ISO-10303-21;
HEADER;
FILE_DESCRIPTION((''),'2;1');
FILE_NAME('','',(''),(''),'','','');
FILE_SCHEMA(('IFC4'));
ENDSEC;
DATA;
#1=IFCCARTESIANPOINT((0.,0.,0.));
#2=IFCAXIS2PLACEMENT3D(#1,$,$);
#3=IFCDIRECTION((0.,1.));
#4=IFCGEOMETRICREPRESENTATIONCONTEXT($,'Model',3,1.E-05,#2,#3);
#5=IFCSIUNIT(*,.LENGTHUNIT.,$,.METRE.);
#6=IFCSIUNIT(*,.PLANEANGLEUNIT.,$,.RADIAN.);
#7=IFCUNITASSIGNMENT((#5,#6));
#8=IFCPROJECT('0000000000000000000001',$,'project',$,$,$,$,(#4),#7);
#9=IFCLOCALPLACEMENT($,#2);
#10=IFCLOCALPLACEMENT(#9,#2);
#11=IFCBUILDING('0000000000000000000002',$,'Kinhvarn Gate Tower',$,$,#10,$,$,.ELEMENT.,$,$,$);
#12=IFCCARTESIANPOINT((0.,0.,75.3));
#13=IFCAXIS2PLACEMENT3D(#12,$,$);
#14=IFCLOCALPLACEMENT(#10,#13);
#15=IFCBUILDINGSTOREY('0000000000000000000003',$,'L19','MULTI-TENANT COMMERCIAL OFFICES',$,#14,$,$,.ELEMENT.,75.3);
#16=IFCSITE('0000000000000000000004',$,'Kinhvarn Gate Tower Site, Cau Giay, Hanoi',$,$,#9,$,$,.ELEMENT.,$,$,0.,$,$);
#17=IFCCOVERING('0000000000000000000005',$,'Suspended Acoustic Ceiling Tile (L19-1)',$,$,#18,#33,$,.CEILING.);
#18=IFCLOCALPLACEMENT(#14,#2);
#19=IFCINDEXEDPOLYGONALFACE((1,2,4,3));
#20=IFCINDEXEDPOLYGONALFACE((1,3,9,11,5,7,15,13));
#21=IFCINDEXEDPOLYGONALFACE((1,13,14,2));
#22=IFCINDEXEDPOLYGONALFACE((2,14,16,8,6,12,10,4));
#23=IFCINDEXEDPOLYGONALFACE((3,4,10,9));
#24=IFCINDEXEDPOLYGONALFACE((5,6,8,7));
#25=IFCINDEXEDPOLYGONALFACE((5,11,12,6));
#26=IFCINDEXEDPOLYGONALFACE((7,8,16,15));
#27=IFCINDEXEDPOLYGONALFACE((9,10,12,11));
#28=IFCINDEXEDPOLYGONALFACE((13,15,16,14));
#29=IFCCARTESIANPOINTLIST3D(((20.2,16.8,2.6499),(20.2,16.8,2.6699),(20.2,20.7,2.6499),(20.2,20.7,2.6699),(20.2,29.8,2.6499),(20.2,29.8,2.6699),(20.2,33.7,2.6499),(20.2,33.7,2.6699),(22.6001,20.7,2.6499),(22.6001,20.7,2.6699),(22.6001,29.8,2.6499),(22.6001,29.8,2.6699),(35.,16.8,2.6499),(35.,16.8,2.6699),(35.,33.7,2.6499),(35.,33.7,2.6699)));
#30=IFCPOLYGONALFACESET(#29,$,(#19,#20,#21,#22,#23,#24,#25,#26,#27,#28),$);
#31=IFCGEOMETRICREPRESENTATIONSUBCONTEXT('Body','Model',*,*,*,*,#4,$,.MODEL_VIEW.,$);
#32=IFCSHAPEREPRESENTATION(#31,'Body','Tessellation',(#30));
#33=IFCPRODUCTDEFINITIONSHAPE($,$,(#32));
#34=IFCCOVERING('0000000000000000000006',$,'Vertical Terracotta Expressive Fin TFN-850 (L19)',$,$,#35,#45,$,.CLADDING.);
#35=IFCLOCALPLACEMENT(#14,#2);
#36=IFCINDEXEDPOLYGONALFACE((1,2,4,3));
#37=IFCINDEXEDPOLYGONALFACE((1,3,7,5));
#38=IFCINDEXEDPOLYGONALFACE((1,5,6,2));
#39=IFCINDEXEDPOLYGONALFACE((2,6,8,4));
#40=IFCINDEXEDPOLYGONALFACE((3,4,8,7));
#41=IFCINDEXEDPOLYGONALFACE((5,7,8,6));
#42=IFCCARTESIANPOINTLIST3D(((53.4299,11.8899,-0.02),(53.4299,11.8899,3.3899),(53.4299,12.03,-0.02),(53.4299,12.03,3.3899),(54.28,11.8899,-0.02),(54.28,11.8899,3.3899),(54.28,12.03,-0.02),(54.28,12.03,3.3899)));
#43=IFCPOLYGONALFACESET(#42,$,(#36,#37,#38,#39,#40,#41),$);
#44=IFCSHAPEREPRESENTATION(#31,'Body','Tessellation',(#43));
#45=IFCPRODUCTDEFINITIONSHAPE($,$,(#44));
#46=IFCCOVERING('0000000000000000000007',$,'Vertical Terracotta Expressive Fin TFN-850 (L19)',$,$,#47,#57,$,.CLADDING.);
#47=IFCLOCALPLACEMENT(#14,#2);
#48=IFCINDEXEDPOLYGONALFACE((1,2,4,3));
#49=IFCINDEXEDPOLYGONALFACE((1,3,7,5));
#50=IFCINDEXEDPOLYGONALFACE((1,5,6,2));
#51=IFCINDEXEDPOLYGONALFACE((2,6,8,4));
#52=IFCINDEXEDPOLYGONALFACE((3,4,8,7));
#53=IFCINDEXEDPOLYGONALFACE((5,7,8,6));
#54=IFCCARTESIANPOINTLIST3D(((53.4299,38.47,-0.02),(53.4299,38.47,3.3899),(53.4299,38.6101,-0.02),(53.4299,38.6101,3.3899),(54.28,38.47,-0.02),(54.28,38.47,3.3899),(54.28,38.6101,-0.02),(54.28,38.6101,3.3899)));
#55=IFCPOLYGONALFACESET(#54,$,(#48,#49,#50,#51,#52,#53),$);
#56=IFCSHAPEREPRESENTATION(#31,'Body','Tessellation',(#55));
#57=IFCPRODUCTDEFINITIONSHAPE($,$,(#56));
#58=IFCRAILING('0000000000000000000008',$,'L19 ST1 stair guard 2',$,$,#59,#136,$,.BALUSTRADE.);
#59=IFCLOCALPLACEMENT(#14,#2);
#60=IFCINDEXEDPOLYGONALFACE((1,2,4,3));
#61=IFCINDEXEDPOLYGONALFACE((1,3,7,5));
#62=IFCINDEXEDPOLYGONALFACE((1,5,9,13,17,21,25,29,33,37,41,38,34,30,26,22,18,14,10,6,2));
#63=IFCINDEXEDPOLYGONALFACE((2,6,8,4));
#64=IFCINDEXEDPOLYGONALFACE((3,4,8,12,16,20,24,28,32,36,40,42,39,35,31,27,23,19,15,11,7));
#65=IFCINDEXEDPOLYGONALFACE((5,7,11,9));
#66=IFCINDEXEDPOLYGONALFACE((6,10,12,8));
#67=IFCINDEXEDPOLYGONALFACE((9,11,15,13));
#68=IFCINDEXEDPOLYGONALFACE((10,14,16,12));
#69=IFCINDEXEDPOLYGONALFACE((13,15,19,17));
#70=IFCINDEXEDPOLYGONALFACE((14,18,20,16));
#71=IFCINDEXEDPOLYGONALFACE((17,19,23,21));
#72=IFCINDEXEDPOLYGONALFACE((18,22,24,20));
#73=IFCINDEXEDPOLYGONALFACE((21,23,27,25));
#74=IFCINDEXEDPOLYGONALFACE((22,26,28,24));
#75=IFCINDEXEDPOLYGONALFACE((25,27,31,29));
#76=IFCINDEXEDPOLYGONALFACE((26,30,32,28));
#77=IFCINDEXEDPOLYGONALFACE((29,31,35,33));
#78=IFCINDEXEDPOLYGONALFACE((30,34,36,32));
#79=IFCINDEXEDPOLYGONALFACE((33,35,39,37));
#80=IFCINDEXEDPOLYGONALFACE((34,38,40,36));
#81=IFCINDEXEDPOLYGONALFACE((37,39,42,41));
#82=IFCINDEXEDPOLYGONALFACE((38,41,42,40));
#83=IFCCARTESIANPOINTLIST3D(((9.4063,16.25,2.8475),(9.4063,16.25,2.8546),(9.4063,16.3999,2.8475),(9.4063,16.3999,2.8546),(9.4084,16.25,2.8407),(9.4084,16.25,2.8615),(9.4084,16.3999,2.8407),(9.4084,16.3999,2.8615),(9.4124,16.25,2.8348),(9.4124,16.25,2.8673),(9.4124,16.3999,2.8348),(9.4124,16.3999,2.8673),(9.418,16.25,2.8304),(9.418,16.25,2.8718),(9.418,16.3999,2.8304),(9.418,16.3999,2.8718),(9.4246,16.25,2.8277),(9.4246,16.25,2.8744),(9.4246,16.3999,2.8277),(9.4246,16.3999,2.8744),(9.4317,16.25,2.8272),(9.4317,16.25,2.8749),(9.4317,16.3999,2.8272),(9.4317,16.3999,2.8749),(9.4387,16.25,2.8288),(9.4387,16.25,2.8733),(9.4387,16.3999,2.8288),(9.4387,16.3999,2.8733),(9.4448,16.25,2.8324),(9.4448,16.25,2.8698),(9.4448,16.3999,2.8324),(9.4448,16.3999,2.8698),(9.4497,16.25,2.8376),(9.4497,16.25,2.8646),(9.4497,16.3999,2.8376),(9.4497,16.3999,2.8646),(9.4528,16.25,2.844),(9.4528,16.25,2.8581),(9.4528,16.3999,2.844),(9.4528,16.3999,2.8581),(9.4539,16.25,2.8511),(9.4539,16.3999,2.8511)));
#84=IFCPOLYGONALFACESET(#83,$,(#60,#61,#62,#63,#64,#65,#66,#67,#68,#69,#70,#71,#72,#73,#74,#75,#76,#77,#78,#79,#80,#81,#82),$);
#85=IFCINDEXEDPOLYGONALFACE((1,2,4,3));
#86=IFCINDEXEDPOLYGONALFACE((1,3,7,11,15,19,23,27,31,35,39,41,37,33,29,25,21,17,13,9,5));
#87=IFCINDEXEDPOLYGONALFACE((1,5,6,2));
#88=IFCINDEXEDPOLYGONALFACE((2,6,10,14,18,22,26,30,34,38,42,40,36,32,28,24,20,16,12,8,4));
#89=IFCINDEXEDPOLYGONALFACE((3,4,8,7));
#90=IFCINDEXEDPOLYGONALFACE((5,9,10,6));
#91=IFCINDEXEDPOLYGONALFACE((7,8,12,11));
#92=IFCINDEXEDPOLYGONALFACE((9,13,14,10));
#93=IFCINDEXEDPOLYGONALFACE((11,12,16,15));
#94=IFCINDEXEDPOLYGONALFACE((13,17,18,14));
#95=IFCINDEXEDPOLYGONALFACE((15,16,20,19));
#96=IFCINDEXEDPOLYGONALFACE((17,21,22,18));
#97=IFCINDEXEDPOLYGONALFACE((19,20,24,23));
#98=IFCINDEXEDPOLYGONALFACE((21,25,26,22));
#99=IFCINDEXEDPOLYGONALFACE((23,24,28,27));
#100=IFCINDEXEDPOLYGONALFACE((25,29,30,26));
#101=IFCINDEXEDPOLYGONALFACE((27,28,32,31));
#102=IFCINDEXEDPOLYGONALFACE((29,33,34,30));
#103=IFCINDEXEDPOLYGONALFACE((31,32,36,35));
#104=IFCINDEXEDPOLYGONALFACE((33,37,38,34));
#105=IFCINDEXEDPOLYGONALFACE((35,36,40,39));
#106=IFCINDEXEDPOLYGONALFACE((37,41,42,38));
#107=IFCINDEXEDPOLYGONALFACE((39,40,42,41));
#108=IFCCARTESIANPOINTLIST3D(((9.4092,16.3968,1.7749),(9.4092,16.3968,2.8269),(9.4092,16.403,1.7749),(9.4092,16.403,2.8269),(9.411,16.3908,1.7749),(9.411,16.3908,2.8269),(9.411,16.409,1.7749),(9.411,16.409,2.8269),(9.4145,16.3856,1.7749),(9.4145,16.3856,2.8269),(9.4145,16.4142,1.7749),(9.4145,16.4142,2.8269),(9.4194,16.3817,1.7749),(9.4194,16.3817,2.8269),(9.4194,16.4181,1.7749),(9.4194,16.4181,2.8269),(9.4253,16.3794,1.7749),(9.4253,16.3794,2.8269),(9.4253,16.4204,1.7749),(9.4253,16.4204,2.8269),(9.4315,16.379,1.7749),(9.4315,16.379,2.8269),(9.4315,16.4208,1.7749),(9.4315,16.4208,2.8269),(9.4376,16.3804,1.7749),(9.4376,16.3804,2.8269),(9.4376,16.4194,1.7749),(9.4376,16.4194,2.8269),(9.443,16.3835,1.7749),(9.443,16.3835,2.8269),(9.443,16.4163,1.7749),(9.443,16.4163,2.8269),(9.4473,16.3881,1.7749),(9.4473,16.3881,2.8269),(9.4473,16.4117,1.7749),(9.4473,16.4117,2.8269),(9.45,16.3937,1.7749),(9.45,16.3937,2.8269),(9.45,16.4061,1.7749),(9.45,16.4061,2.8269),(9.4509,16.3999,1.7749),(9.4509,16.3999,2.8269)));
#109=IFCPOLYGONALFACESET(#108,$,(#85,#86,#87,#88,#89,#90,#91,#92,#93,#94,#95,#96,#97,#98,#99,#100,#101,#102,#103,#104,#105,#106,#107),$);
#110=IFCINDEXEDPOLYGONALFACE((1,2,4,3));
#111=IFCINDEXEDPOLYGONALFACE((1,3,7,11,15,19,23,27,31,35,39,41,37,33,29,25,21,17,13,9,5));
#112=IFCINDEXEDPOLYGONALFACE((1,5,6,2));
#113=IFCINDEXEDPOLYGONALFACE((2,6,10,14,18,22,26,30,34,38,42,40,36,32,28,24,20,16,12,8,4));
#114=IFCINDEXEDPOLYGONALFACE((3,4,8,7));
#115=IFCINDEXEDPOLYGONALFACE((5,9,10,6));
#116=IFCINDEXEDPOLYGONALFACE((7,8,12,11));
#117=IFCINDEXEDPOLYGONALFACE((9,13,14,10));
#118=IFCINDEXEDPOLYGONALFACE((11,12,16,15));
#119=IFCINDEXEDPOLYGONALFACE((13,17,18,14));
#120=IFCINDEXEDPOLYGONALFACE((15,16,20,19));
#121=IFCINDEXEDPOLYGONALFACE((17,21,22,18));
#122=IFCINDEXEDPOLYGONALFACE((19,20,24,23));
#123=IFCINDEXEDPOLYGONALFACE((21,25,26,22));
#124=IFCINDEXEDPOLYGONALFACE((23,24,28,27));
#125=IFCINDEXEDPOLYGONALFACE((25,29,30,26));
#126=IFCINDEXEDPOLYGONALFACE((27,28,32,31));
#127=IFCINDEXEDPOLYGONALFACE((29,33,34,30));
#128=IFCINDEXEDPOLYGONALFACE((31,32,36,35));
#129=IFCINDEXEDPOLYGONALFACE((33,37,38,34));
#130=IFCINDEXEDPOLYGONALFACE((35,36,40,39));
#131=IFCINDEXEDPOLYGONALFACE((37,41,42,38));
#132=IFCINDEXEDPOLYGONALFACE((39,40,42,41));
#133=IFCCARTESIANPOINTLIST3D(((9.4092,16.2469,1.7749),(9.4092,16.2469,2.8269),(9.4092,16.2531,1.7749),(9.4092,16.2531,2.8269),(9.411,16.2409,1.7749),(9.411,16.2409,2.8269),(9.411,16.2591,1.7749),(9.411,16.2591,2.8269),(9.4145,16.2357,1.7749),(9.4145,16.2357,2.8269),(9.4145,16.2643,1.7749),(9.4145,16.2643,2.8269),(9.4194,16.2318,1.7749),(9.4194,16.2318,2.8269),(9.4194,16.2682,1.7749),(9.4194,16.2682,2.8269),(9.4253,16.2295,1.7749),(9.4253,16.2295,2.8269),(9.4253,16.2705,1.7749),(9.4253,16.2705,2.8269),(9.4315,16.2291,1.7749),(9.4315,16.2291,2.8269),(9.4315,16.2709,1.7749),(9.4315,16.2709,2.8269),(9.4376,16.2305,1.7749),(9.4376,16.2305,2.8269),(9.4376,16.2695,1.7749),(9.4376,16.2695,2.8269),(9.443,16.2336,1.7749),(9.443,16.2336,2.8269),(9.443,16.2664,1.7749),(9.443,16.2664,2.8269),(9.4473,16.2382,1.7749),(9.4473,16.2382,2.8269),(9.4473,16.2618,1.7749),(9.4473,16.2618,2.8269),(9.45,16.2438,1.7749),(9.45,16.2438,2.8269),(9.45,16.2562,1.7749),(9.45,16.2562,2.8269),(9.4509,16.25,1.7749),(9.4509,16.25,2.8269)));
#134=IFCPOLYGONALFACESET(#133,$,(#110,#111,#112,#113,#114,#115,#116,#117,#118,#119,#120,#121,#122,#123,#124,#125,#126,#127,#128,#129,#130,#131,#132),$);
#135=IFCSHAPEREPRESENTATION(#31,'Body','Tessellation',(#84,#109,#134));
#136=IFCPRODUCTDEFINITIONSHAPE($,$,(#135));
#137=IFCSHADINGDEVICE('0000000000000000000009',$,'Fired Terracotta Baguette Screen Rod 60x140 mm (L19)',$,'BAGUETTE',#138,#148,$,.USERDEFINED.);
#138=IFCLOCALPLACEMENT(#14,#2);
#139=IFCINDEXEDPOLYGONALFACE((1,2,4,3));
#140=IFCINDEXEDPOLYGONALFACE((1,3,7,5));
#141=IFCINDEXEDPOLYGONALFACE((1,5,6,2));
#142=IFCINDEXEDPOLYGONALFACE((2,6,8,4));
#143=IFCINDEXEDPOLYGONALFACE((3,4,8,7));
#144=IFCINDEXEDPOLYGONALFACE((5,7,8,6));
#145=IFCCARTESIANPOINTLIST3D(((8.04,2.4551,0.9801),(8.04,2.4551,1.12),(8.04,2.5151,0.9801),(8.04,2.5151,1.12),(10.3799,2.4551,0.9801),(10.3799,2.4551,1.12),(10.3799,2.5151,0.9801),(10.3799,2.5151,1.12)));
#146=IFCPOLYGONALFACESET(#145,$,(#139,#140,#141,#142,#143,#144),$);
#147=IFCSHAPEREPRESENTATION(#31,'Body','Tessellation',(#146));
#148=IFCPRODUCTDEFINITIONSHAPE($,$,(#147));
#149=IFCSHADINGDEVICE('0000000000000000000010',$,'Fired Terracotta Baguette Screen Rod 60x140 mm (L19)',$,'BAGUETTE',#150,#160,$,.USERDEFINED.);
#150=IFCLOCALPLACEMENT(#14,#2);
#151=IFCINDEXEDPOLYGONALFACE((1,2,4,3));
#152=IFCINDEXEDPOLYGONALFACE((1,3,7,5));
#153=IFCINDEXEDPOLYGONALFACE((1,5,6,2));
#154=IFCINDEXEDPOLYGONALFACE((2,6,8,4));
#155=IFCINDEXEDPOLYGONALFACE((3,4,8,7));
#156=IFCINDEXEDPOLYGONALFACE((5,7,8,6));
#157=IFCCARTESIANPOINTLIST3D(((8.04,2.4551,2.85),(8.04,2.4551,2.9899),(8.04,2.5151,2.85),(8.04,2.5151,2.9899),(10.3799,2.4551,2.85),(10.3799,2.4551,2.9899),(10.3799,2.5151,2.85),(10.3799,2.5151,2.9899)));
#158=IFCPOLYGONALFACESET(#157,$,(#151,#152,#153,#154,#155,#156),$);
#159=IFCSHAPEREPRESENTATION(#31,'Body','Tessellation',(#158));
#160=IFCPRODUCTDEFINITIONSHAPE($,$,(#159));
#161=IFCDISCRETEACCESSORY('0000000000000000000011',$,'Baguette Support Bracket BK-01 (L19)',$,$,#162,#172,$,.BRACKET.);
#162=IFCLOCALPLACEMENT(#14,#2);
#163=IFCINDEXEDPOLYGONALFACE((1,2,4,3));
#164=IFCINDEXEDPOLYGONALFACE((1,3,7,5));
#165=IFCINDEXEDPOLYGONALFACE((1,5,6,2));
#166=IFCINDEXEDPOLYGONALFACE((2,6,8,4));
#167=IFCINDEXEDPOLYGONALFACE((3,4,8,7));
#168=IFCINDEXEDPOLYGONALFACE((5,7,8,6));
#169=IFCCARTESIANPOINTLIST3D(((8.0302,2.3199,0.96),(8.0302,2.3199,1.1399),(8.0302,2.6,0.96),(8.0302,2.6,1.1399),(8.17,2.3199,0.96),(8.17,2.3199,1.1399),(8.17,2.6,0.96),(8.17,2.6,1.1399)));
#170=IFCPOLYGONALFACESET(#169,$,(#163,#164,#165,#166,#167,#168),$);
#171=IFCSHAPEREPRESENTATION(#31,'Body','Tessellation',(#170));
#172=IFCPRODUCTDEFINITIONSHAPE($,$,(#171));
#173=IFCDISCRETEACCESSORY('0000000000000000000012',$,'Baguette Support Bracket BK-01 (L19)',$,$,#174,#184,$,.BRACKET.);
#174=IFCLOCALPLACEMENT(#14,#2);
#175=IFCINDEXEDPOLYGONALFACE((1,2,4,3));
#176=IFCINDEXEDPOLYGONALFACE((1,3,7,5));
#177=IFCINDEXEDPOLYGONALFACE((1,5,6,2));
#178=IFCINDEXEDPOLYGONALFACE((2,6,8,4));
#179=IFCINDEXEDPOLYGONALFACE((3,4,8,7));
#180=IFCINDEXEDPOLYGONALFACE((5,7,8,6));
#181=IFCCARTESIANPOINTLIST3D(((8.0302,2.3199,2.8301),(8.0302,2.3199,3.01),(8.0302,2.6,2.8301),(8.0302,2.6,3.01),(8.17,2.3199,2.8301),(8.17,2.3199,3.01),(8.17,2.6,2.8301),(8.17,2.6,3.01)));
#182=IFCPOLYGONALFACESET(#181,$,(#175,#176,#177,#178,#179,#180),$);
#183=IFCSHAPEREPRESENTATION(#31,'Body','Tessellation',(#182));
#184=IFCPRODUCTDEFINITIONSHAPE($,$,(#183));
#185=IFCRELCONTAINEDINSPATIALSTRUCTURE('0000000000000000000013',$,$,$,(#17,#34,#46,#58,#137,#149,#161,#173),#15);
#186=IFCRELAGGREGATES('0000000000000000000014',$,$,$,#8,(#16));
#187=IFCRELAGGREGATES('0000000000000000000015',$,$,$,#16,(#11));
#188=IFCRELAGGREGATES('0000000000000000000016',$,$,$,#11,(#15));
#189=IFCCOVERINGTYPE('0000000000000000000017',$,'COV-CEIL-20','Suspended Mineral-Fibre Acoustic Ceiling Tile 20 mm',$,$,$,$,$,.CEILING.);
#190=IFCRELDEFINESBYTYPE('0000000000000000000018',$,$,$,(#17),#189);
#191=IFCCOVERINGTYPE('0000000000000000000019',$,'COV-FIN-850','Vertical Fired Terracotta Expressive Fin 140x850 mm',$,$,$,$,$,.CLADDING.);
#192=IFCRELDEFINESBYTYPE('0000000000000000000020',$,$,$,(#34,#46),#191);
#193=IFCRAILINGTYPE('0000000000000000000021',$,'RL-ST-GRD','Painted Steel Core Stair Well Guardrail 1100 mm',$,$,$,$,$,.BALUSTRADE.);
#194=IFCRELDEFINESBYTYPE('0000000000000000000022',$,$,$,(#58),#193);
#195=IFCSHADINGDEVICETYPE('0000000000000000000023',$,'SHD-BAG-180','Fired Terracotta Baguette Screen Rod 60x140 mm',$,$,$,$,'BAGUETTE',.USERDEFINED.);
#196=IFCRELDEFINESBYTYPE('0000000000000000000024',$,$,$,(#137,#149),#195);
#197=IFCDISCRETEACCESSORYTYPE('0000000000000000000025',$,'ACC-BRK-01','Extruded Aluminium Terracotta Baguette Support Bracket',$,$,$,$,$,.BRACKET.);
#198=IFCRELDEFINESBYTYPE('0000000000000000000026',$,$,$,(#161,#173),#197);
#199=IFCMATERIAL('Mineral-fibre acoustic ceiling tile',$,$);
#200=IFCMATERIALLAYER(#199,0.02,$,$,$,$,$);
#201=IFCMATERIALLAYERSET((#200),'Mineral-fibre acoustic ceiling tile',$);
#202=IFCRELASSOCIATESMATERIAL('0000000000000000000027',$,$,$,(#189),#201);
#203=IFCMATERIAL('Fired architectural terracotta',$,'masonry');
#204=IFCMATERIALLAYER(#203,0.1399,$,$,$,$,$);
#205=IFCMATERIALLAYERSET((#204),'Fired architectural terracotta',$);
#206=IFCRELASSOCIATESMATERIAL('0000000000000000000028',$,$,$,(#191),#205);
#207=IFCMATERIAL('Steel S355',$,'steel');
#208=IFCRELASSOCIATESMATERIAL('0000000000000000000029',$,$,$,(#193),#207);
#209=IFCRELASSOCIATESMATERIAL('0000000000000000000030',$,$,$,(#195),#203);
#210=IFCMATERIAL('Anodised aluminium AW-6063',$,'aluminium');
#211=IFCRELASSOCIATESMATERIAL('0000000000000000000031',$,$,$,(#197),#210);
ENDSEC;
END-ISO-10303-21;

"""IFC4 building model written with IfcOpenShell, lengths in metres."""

from ifc_helpers import new_model, si_unit, direction, frame, origin, origin_2d, place, context, subcontext, project, spatial, polyline, rectangle, circle, outline, extrude, material, layer, layer_set, material_profile, profile_set, type_object, element, save


model = new_model("IFC4")

# Units and contexts
model_context = context("Model", 3, precision=1e-05, world=origin(), true_north=direction((0.0, 1.0)))
body_context = subcontext(model_context, "Body", "Model", "MODEL_VIEW")
ifc_project = project(units=[si_unit("LENGTHUNIT", "METRE"), si_unit("PLANEANGLEUNIT", "RADIAN")], contexts=[model_context])

# Site, building, storey
site_placement = place(None, origin())
site = spatial("IfcSite", under=ifc_project, at=site_placement, Name="Kinhvarn Gate Tower Site, Cau Giay, Hanoi", CompositionType="ELEMENT", RefElevation=0.0)
building_placement = place(site_placement, origin())
building = spatial("IfcBuilding", under=site, at=building_placement, Name="Kinhvarn Gate Tower", CompositionType="ELEMENT")
storey_placement = place(building_placement, frame((0.0, 0.0, 75.3)))
storey = spatial("IfcBuildingStorey", under=building, at=storey_placement, Name="L19", Description="MULTI-TENANT COMMERCIAL OFFICES", CompositionType="ELEMENT", Elevation=75.3)

# Shared definitions
ifc_material_1 = material(Name="Anodised aluminium AW-6063", Category="aluminium")

# Shared definitions
ifc_material_2 = material(Name="Steel S355", Category="steel")

# Shared definitions
ifc_material_3 = material(Name="Fired architectural terracotta", Category="masonry")

# Coverings
ifc_material_4 = material(Name="Mineral-fibre acoustic ceiling tile")
ifc_layer_1 = layer(ifc_material_4, 0.02)
ifc_layer_set_1 = layer_set([ifc_layer_1], Name="Mineral-fibre acoustic ceiling tile")
covering_type_1 = type_object("IfcCoveringType", Name="COV-CEIL-20", Description="Suspended Mineral-Fibre Acoustic Ceiling Tile 20 mm", PredefinedType="CEILING", material=ifc_layer_set_1)
covering_1_placement = place(storey_placement, frame((0.0, 0.0, 2.6499)))
element("IfcCovering", 1, at=covering_1_placement, inside=storey, type_object=covering_type_1, Name="Suspended Acoustic Ceiling Tile (L19-1)", PredefinedType="CEILING", context=body_context, shape_type="SweptSolid", body=[
    extrude(outline(polyline([(35.0, 33.7), (35.0, 16.8), (20.2, 16.8), (20.2, 20.7), (22.6001, 20.7), (22.6001, 29.8), (20.2, 29.8), (20.2, 33.7), (35.0, 33.7)])), origin(), (0.0, 0.0, 1.0), 0.02),
])
ifc_layer_2 = layer(ifc_material_3, 0.1399)
ifc_layer_set_2 = layer_set([ifc_layer_2], Name="Fired architectural terracotta")
covering_type_2 = type_object("IfcCoveringType", Name="COV-FIN-850", Description="Vertical Fired Terracotta Expressive Fin 140x850 mm", PredefinedType="CLADDING", material=ifc_layer_set_2)
covering_2_placement = place(storey_placement, frame((0.0, 0.0, -0.02)))
element("IfcCovering", 2, at=covering_2_placement, inside=storey, type_object=covering_type_2, Name="Vertical Terracotta Expressive Fin TFN-850 (L19)", PredefinedType="CLADDING", context=body_context, shape_type="SweptSolid", body=[
    extrude(outline(polyline([(53.4299, 11.8899), (53.4299, 12.03), (54.28, 12.03), (54.28, 11.8899), (53.4299, 11.8899)])), origin(), (0.0, 0.0, 1.0), 3.4099),
])
covering_3_placement = place(storey_placement, frame((0.0, 0.0, -0.02)))
element("IfcCovering", 3, at=covering_3_placement, inside=storey, type_object=covering_type_2, Name="Vertical Terracotta Expressive Fin TFN-850 (L19)", PredefinedType="CLADDING", context=body_context, shape_type="SweptSolid", body=[
    extrude(outline(polyline([(53.4299, 38.47), (53.4299, 38.6101), (54.28, 38.6101), (54.28, 38.47), (53.4299, 38.47)])), origin(), (0.0, 0.0, 1.0), 3.4099),
])

# Railing
railing_type = type_object("IfcRailingType", Name="RL-ST-GRD", Description="Painted Steel Core Stair Well Guardrail 1100 mm", PredefinedType="BALUSTRADE", material=ifc_material_2)
railing_placement = place(storey_placement, frame((9.4299, 16.3999, 1.7749)))
element("IfcRailing", 4, at=railing_placement, inside=storey, type_object=railing_type, Name="L19 ST1 stair guard 2", PredefinedType="BALUSTRADE", context=body_context, shape_type="SweptSolid", body=[
    extrude(circle(Radius=0.0239, at=origin_2d()), frame((0.0, 0.0, 1.0762), z_axis=(0.0, -1.0, 0.0), x_axis=(1.0, 0.0, 0.0)), (0.0, 0.0, 1.0), 0.1499),
    extrude(circle(Radius=0.021, at=origin_2d()), origin(), (0.0, 0.0, 1.0), 1.052),
    extrude(circle(Radius=0.021, at=origin_2d()), frame((0.0, -0.1499, 0.0)), (0.0, 0.0, 1.0), 1.052),
])

# Shading devices
ifc_material_profile_1 = material_profile(ifc_material_3, rectangle(XDim=0.0601, YDim=0.1399, at=origin_2d()), Name="TC 60x140")
ifc_profile_set_1 = profile_set([ifc_material_profile_1], Name="Fired architectural terracotta")
shading_device_type = type_object("IfcShadingDeviceType", Name="SHD-BAG-180", Description="Fired Terracotta Baguette Screen Rod 60x140 mm", ElementType="BAGUETTE", PredefinedType="USERDEFINED", material=ifc_profile_set_1)
for number, where, z_axis, x_axis, name in (
    (5, (8.04, 2.4851, 1.05), (1.0, 0.0, 0.0), (0.0, 1.0, 0.0), "Fired Terracotta Baguette Screen Rod 60x140 mm (L19)"),
    (6, (8.04, 2.4851, 2.9199), (1.0, 0.0, 0.0), (0.0, 1.0, 0.0), "Fired Terracotta Baguette Screen Rod 60x140 mm (L19)"),
):
    element("IfcShadingDevice", number, at=place(storey_placement, frame(where, z_axis=z_axis, x_axis=x_axis)), inside=storey, type_object=shading_device_type, Name=name, ObjectType="BAGUETTE", PredefinedType="USERDEFINED", context=body_context, shape_type="SweptSolid", body=[
        extrude(rectangle(XDim=0.0601, YDim=0.1399, at=origin_2d()), origin(), (0.0, 0.0, 1.0), 2.3398),
    ])

# Discrete accessories
discrete_accessory_type = type_object("IfcDiscreteAccessoryType", Name="ACC-BRK-01", Description="Extruded Aluminium Terracotta Baguette Support Bracket", PredefinedType="BRACKET", material=ifc_material_1)
for number, where, z_axis, x_axis, name in (
    (7, (8.1001, 2.46, 0.96), (0.0, 0.0, 1.0), (1.0, 0.0, 0.0), "Baguette Support Bracket BK-01 (L19)"),
    (8, (8.1001, 2.46, 2.8301), (0.0, 0.0, 1.0), (1.0, 0.0, 0.0), "Baguette Support Bracket BK-01 (L19)"),
):
    element("IfcDiscreteAccessory", number, at=place(storey_placement, frame(where, z_axis=z_axis, x_axis=x_axis)), inside=storey, type_object=discrete_accessory_type, Name=name, PredefinedType="BRACKET", context=body_context, shape_type="SweptSolid", body=[
        extrude(rectangle(XDim=0.1399, YDim=0.28, at=origin_2d()), origin(), (0.0, 0.0, 1.0), 0.1799),
    ])

save(model, "model.ifc")
